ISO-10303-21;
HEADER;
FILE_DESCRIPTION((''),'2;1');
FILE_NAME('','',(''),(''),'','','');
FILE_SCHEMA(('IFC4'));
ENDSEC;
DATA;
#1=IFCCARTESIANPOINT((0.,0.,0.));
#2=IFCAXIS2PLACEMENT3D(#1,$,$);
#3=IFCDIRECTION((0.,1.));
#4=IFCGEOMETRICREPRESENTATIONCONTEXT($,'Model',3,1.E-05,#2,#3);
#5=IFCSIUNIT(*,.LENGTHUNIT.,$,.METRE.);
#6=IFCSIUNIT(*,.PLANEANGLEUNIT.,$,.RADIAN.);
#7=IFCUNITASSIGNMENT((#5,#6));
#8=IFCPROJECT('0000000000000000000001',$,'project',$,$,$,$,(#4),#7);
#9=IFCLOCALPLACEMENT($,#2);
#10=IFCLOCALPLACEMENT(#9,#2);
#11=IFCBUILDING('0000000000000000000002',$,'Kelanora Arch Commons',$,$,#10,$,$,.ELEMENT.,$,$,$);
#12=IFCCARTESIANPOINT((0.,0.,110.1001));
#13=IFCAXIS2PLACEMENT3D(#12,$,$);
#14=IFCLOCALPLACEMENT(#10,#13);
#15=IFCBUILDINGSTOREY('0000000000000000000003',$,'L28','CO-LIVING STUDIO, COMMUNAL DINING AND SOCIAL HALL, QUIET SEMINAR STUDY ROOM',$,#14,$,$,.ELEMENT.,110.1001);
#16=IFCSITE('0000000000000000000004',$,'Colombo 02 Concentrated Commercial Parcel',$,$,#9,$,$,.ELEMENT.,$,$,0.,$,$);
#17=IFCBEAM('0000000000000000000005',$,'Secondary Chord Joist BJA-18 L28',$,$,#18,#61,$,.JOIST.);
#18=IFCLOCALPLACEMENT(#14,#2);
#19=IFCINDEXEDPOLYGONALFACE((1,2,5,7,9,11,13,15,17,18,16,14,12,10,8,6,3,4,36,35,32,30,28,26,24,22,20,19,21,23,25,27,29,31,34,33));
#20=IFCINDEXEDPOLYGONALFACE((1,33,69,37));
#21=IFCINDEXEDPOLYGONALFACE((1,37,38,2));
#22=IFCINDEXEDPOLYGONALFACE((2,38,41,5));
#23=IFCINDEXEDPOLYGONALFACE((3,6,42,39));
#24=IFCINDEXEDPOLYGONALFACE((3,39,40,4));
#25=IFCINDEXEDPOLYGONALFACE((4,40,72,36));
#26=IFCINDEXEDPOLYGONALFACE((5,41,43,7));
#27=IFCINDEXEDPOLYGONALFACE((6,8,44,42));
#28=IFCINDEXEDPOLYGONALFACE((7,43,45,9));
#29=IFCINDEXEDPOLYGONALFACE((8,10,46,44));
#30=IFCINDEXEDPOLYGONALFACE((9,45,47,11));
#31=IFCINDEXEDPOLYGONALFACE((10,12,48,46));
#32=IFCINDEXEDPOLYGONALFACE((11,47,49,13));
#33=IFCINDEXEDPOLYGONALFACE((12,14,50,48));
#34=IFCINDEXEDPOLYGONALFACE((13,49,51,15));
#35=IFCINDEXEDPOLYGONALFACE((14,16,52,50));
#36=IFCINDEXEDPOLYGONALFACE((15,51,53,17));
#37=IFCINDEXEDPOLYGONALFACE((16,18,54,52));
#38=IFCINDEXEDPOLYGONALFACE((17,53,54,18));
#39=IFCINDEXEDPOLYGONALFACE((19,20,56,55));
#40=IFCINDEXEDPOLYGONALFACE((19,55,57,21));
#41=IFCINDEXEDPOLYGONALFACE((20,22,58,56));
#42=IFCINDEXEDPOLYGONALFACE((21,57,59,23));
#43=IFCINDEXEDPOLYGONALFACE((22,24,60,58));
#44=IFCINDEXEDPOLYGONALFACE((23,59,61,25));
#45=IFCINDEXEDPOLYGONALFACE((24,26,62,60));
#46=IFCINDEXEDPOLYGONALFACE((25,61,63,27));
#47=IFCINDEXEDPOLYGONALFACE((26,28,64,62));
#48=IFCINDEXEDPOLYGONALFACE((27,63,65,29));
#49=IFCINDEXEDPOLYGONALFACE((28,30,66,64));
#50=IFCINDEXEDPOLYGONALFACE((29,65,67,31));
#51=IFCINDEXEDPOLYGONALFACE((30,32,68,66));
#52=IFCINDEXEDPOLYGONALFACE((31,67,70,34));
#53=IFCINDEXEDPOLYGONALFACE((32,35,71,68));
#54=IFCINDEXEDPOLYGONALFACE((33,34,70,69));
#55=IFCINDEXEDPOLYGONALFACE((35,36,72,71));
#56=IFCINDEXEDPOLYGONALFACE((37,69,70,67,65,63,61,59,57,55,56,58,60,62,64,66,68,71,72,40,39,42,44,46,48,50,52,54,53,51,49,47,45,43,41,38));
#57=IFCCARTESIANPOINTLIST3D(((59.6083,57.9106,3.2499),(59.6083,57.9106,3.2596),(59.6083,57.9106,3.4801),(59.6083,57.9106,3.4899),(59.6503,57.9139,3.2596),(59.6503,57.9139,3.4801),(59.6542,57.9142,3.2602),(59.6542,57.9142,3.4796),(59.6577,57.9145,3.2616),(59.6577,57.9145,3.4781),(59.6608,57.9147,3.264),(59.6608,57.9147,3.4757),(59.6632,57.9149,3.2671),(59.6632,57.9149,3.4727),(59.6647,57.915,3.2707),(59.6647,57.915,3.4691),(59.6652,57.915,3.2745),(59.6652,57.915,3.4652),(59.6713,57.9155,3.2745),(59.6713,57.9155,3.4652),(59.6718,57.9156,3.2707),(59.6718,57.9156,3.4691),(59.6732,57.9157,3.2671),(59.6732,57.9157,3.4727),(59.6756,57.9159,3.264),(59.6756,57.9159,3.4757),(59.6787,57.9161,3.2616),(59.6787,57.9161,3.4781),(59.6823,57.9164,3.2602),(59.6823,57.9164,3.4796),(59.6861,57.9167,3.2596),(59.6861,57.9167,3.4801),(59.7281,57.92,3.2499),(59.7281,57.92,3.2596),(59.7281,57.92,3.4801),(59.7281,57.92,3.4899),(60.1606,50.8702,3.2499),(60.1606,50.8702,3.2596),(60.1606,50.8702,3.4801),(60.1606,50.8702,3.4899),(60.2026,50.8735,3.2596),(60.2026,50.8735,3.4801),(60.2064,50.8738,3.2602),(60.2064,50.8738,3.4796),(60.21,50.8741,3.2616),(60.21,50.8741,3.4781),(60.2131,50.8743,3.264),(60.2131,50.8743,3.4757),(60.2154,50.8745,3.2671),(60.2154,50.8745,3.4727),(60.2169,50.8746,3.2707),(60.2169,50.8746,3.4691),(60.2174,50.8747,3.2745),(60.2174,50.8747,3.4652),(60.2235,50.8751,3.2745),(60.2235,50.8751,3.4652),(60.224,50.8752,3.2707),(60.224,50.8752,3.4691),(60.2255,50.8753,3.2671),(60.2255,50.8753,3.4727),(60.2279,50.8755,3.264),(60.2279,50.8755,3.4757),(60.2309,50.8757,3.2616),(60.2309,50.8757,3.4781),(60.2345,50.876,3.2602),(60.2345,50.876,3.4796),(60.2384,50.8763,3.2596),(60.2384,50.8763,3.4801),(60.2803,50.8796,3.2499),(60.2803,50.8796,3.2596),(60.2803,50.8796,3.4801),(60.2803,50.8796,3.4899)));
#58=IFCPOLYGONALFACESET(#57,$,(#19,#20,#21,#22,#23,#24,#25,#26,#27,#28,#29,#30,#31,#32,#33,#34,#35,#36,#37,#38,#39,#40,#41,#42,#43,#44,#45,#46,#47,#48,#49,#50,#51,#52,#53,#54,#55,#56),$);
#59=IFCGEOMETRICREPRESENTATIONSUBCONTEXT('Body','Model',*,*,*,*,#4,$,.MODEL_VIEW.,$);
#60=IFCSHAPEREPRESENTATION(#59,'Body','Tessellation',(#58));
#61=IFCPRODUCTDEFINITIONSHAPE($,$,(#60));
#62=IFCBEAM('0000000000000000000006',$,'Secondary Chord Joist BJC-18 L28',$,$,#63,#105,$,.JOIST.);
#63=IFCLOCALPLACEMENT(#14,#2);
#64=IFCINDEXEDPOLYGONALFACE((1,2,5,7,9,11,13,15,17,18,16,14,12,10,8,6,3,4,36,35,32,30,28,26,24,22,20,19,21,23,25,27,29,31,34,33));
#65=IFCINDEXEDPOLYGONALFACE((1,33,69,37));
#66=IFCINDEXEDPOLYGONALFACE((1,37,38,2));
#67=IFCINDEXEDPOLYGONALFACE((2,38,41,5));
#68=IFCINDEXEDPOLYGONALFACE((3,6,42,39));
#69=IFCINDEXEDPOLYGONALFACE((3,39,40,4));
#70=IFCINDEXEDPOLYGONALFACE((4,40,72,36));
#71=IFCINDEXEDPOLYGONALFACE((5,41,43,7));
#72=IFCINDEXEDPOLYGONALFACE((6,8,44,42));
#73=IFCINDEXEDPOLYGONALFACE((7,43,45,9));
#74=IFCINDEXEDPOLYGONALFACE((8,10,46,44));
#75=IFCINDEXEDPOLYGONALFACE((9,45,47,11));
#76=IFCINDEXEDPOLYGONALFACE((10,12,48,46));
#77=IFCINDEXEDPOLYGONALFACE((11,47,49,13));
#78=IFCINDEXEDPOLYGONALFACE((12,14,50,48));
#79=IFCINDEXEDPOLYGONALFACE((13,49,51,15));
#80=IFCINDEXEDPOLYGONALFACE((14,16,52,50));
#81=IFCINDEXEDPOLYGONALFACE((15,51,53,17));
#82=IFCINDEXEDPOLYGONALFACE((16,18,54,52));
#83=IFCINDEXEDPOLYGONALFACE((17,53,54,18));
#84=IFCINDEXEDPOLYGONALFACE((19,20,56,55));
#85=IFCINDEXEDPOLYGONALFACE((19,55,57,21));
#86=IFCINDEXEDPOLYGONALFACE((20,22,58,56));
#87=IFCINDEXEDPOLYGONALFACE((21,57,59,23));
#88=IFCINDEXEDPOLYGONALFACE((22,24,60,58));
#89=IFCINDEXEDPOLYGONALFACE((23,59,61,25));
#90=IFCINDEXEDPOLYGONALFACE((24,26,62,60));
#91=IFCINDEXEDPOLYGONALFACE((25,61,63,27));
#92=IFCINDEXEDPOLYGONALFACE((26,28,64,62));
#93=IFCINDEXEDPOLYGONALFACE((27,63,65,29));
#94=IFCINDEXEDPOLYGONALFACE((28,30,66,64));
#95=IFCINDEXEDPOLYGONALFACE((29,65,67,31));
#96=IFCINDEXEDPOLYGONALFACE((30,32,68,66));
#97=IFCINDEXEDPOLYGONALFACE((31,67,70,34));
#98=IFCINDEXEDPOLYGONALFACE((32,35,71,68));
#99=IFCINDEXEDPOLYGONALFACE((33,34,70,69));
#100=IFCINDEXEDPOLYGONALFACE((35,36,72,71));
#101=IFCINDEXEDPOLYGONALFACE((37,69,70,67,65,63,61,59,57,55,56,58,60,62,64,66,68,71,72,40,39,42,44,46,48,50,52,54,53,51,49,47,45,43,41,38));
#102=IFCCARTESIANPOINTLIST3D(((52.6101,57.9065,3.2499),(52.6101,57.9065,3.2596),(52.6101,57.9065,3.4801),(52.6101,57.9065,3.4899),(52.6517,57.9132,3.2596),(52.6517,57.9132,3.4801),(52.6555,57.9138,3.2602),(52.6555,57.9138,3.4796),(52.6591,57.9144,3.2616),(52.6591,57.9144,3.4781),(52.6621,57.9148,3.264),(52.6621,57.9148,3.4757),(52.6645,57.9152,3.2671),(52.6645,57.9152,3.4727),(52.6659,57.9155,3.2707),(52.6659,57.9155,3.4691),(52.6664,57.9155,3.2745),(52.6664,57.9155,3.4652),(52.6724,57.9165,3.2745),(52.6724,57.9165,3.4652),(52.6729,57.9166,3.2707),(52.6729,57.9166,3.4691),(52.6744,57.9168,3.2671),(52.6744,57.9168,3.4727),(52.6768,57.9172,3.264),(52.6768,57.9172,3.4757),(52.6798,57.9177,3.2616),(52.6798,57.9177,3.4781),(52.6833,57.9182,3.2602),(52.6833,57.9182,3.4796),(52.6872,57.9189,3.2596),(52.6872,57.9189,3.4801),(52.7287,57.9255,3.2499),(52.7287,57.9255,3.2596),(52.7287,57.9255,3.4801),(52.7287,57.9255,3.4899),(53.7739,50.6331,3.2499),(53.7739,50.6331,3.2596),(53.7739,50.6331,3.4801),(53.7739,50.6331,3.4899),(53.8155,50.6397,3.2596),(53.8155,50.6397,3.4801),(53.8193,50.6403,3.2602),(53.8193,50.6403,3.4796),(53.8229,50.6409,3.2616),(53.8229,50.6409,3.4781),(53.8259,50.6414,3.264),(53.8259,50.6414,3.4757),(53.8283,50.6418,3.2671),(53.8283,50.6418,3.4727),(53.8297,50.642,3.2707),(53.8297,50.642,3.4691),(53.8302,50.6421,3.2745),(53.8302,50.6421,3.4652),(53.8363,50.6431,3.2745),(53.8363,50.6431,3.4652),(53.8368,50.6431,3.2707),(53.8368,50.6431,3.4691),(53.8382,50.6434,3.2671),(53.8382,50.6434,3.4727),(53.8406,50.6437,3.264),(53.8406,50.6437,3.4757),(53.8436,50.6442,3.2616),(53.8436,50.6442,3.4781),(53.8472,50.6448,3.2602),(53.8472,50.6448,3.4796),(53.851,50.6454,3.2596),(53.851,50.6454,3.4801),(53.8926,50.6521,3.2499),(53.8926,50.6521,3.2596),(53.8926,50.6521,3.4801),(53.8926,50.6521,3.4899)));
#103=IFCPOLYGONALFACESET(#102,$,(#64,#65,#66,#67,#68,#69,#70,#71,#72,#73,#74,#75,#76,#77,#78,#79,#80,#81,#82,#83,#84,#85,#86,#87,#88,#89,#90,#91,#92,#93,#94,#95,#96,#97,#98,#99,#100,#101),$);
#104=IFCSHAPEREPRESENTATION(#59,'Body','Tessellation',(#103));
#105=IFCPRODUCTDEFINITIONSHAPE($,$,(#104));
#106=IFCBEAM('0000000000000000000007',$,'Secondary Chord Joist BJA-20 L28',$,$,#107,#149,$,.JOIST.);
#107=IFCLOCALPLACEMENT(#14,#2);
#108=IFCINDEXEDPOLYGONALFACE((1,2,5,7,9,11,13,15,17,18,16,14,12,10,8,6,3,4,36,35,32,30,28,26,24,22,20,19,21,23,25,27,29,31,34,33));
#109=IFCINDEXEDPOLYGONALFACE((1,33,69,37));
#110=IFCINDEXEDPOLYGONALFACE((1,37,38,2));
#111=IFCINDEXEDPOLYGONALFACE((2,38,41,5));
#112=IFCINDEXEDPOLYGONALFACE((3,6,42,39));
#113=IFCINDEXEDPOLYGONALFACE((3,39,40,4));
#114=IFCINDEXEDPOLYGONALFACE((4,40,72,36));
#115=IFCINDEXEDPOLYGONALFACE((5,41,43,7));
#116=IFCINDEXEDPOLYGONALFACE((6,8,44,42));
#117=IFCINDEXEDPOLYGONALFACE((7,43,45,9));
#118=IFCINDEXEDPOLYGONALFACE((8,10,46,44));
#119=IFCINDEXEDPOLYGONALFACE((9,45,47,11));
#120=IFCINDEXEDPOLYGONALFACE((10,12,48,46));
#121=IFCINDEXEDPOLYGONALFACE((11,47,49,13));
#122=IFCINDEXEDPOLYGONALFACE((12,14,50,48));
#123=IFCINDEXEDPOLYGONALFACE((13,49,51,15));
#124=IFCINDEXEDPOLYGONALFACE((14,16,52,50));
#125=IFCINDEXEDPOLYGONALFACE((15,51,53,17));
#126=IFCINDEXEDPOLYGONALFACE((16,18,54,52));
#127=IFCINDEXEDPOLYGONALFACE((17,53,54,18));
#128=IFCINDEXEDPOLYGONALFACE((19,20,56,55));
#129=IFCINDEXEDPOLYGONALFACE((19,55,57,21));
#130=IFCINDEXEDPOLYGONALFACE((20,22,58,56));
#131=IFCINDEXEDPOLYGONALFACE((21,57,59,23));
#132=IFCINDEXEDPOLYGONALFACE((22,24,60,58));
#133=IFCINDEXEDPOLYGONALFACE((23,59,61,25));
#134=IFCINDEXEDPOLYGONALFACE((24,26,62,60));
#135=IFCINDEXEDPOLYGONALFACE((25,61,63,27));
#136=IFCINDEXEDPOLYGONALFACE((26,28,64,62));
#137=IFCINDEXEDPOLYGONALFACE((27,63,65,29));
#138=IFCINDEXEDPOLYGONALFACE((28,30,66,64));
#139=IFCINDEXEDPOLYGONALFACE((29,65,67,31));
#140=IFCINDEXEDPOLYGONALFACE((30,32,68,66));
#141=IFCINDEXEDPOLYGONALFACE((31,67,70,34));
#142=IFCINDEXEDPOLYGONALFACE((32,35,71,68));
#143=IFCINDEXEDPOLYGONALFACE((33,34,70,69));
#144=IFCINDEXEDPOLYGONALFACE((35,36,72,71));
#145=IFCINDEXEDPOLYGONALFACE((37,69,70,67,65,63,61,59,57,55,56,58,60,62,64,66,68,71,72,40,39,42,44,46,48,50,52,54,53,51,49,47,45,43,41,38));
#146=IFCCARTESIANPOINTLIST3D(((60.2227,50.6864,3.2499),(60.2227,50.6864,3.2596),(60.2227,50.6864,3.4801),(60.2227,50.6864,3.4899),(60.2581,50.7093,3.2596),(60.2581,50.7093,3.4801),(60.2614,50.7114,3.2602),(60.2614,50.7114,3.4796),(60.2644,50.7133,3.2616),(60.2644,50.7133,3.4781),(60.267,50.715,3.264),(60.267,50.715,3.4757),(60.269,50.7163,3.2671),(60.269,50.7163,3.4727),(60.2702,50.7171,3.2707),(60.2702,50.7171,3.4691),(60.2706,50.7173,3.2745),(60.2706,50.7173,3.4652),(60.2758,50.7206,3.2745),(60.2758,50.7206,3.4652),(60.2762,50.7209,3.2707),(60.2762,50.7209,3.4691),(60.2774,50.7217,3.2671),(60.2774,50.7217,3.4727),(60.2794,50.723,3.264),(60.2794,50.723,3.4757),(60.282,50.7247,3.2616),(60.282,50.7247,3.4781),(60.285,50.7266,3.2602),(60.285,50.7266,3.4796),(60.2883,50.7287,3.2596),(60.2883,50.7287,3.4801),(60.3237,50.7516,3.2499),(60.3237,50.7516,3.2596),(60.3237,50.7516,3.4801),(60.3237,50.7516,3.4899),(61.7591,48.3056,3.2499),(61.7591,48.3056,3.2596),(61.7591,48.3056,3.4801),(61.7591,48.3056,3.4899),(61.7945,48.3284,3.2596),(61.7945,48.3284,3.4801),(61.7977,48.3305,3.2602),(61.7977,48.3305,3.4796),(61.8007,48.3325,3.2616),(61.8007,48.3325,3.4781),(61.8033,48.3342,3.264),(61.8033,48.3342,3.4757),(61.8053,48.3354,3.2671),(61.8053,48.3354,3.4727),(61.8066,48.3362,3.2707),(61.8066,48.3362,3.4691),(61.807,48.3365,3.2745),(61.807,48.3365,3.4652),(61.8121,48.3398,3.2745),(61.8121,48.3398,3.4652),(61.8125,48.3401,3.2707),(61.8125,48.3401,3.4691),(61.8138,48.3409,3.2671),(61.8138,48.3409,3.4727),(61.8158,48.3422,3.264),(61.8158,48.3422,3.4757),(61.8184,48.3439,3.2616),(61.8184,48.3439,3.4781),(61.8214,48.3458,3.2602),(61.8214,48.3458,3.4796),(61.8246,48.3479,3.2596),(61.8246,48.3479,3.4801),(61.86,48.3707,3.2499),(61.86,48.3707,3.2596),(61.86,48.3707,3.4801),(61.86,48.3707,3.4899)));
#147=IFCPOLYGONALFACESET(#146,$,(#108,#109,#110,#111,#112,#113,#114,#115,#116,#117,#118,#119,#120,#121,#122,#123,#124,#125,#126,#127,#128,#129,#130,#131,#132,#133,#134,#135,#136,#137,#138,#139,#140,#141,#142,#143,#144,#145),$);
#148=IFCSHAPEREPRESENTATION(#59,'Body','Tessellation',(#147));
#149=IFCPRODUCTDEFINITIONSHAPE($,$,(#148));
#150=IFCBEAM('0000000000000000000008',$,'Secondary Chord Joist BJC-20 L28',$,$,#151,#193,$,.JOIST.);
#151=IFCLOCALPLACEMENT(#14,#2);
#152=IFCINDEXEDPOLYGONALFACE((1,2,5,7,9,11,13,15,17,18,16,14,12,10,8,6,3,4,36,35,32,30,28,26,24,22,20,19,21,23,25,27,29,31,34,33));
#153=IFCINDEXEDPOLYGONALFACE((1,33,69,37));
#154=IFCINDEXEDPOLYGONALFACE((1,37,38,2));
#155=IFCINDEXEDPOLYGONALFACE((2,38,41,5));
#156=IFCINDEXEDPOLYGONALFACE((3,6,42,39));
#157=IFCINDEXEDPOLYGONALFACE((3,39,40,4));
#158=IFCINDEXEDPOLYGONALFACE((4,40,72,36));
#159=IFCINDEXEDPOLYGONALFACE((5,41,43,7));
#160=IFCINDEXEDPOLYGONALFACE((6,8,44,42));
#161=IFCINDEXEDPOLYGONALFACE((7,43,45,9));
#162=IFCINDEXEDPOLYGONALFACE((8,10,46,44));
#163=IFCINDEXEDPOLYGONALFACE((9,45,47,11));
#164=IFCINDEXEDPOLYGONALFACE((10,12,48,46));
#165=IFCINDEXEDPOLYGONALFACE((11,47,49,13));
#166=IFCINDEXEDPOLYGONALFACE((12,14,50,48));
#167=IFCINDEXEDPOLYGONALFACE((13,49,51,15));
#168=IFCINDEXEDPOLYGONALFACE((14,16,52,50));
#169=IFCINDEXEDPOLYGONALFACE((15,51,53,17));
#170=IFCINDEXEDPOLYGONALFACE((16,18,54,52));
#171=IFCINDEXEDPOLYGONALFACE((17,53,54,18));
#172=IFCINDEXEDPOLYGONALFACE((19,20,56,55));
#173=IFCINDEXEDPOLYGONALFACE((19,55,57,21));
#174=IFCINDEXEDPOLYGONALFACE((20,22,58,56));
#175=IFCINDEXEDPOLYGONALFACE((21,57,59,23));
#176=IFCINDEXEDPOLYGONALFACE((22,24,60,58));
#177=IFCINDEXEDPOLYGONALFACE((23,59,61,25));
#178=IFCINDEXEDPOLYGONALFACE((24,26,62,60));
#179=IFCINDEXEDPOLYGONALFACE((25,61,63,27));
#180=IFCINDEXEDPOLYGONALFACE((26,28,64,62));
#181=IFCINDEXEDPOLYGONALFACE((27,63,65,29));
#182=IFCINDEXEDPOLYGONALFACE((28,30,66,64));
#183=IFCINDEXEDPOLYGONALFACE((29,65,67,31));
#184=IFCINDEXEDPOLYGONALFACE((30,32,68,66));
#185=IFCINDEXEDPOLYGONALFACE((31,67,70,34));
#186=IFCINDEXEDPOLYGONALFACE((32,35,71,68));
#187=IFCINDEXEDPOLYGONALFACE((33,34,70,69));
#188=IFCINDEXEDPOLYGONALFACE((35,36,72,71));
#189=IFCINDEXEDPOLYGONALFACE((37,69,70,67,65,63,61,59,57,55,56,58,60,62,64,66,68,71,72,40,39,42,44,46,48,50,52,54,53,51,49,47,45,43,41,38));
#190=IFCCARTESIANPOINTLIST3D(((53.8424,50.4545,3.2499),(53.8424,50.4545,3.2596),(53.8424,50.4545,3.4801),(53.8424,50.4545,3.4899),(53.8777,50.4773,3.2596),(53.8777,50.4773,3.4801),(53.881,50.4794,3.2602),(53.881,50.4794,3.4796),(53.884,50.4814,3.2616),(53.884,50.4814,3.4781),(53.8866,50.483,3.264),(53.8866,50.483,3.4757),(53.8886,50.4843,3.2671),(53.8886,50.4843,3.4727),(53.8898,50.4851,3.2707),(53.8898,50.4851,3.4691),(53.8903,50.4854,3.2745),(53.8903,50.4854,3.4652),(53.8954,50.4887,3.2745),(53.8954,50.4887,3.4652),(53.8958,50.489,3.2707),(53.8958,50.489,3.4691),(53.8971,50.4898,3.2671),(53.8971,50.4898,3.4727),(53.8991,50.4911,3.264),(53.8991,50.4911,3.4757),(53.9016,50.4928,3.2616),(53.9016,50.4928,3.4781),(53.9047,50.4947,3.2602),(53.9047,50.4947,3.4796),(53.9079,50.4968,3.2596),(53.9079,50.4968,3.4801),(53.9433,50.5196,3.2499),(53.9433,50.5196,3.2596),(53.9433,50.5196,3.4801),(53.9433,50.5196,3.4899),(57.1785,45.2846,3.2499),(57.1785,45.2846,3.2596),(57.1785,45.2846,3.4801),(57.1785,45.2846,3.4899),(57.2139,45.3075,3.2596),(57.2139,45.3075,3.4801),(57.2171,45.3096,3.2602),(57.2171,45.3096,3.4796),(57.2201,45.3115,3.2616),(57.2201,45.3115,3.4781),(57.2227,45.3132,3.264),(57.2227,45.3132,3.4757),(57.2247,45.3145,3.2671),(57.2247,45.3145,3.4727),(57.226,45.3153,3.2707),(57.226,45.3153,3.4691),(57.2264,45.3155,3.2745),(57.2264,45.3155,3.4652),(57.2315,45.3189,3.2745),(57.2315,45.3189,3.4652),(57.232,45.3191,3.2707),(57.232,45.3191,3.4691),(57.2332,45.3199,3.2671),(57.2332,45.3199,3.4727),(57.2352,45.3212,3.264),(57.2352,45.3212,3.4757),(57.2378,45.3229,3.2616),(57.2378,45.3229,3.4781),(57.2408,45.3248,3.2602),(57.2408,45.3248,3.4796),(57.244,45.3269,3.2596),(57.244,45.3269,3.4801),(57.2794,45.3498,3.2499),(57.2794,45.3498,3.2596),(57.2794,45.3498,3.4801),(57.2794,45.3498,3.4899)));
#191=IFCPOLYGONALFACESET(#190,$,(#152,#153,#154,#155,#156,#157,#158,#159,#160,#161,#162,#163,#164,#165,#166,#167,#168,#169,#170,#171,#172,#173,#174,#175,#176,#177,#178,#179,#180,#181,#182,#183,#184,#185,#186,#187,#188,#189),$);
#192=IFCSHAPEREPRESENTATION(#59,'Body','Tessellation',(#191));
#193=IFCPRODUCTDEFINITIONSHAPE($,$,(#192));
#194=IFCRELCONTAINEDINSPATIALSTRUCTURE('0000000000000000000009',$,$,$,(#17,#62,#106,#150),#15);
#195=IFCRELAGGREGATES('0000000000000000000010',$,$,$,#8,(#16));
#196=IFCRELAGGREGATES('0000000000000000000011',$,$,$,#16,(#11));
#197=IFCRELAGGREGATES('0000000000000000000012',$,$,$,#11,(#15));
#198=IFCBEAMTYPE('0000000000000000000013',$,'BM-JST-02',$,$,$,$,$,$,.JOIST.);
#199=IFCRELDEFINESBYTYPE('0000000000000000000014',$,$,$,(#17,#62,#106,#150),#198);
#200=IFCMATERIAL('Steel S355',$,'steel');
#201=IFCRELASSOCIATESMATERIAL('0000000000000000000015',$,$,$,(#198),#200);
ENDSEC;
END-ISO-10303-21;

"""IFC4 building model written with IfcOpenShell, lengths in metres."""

from ifc_helpers import new_model, si_unit, direction, frame, origin, origin_2d, place, context, subcontext, project, spatial, i_section, extrude, material, material_profile, profile_set, type_object, element, save


model = new_model("IFC4")

# Units and contexts
model_context = context("Model", 3, precision=1e-05, world=origin(), true_north=direction((0.0, 1.0)))
body_context = subcontext(model_context, "Body", "Model", "MODEL_VIEW")
ifc_project = project(units=[si_unit("LENGTHUNIT", "METRE"), si_unit("PLANEANGLEUNIT", "RADIAN")], contexts=[model_context])

# Site, building, storey
site_placement = place(None, origin())
site = spatial("IfcSite", under=ifc_project, at=site_placement, Name="Colombo 02 Concentrated Commercial Parcel", CompositionType="ELEMENT", RefElevation=0.0)
building_placement = place(site_placement, origin())
building = spatial("IfcBuilding", under=site, at=building_placement, Name="Kelanora Arch Commons", CompositionType="ELEMENT")
storey_placement = place(building_placement, frame((0.0, 0.0, 110.1001)))
storey = spatial("IfcBuildingStorey", under=building, at=storey_placement, Name="L28", Description="CO-LIVING STUDIO, COMMUNAL DINING AND SOCIAL HALL, QUIET SEMINAR STUDY ROOM", CompositionType="ELEMENT", Elevation=110.1001)

# Beams
ifc_material_1 = material(Name="Steel S355", Category="steel")
ifc_material_profile_1 = material_profile(ifc_material_1, i_section(OverallWidth=0.1201, OverallDepth=0.24, WebThickness=0.0061, FlangeThickness=0.0098, FilletRadius=0.0149, at=origin_2d()), Name="IPE240")
ifc_profile_set_1 = profile_set([ifc_material_profile_1], Name="Steel S355")
beam_type_1 = type_object("IfcBeamType", Name="BM-JST-02", PredefinedType="JOIST", material=ifc_profile_set_1)
beam_1_placement = place(storey_placement, frame((59.6682, 57.9153, 3.3699), z_axis=(0.078201, -0.996938, 0.0), x_axis=(0.996938, 0.078201, 0.0)))
element("IfcBeam", 1, at=beam_1_placement, inside=storey, type_object=beam_type_1, Name="Secondary Chord Joist BJA-18 L28", PredefinedType="JOIST", context=body_context, shape_type="SweptSolid", body=[
    extrude(i_section(OverallWidth=0.1201, OverallDepth=0.24, WebThickness=0.0061, FlangeThickness=0.0098, FilletRadius=0.0149, at=origin_2d()), origin(), (0.0, 0.0, 1.0), 7.062),
])
beam_2_placement = place(storey_placement, frame((52.6694, 57.916, 3.3699), z_axis=(0.158, -0.987439, 0.0), x_axis=(0.987439, 0.158, 0.0)))
element("IfcBeam", 2, at=beam_2_placement, inside=storey, type_object=beam_type_1, Name="Secondary Chord Joist BJC-18 L28", PredefinedType="JOIST", context=body_context, shape_type="SweptSolid", body=[
    extrude(i_section(OverallWidth=0.1201, OverallDepth=0.24, WebThickness=0.0061, FlangeThickness=0.0098, FilletRadius=0.0149, at=origin_2d()), origin(), (0.0, 0.0, 1.0), 7.366),
])
beam_3_placement = place(storey_placement, frame((60.2732, 50.719, 3.3699), z_axis=(0.542211, -0.840242, 0.0), x_axis=(0.840242, 0.542211, 0.0)))
element("IfcBeam", 3, at=beam_3_placement, inside=storey, type_object=beam_type_1, Name="Secondary Chord Joist BJA-20 L28", PredefinedType="JOIST", context=body_context, shape_type="SweptSolid", body=[
    extrude(i_section(OverallWidth=0.1201, OverallDepth=0.24, WebThickness=0.0061, FlangeThickness=0.0098, FilletRadius=0.0149, at=origin_2d()), origin(), (0.0, 0.0, 1.0), 2.8335),
])
beam_4_placement = place(storey_placement, frame((53.8928, 50.4871, 3.3699), z_axis=(0.542213, -0.840241, 0.0), x_axis=(0.840241, 0.542213, 0.0)))
element("IfcBeam", 4, at=beam_4_placement, inside=storey, type_object=beam_type_1, Name="Secondary Chord Joist BJC-20 L28", PredefinedType="JOIST", context=body_context, shape_type="SweptSolid", body=[
    extrude(i_section(OverallWidth=0.1201, OverallDepth=0.24, WebThickness=0.0061, FlangeThickness=0.0098, FilletRadius=0.0149, at=origin_2d()), origin(), (0.0, 0.0, 1.0), 6.1528),
])

save(model, "model.ifc")
